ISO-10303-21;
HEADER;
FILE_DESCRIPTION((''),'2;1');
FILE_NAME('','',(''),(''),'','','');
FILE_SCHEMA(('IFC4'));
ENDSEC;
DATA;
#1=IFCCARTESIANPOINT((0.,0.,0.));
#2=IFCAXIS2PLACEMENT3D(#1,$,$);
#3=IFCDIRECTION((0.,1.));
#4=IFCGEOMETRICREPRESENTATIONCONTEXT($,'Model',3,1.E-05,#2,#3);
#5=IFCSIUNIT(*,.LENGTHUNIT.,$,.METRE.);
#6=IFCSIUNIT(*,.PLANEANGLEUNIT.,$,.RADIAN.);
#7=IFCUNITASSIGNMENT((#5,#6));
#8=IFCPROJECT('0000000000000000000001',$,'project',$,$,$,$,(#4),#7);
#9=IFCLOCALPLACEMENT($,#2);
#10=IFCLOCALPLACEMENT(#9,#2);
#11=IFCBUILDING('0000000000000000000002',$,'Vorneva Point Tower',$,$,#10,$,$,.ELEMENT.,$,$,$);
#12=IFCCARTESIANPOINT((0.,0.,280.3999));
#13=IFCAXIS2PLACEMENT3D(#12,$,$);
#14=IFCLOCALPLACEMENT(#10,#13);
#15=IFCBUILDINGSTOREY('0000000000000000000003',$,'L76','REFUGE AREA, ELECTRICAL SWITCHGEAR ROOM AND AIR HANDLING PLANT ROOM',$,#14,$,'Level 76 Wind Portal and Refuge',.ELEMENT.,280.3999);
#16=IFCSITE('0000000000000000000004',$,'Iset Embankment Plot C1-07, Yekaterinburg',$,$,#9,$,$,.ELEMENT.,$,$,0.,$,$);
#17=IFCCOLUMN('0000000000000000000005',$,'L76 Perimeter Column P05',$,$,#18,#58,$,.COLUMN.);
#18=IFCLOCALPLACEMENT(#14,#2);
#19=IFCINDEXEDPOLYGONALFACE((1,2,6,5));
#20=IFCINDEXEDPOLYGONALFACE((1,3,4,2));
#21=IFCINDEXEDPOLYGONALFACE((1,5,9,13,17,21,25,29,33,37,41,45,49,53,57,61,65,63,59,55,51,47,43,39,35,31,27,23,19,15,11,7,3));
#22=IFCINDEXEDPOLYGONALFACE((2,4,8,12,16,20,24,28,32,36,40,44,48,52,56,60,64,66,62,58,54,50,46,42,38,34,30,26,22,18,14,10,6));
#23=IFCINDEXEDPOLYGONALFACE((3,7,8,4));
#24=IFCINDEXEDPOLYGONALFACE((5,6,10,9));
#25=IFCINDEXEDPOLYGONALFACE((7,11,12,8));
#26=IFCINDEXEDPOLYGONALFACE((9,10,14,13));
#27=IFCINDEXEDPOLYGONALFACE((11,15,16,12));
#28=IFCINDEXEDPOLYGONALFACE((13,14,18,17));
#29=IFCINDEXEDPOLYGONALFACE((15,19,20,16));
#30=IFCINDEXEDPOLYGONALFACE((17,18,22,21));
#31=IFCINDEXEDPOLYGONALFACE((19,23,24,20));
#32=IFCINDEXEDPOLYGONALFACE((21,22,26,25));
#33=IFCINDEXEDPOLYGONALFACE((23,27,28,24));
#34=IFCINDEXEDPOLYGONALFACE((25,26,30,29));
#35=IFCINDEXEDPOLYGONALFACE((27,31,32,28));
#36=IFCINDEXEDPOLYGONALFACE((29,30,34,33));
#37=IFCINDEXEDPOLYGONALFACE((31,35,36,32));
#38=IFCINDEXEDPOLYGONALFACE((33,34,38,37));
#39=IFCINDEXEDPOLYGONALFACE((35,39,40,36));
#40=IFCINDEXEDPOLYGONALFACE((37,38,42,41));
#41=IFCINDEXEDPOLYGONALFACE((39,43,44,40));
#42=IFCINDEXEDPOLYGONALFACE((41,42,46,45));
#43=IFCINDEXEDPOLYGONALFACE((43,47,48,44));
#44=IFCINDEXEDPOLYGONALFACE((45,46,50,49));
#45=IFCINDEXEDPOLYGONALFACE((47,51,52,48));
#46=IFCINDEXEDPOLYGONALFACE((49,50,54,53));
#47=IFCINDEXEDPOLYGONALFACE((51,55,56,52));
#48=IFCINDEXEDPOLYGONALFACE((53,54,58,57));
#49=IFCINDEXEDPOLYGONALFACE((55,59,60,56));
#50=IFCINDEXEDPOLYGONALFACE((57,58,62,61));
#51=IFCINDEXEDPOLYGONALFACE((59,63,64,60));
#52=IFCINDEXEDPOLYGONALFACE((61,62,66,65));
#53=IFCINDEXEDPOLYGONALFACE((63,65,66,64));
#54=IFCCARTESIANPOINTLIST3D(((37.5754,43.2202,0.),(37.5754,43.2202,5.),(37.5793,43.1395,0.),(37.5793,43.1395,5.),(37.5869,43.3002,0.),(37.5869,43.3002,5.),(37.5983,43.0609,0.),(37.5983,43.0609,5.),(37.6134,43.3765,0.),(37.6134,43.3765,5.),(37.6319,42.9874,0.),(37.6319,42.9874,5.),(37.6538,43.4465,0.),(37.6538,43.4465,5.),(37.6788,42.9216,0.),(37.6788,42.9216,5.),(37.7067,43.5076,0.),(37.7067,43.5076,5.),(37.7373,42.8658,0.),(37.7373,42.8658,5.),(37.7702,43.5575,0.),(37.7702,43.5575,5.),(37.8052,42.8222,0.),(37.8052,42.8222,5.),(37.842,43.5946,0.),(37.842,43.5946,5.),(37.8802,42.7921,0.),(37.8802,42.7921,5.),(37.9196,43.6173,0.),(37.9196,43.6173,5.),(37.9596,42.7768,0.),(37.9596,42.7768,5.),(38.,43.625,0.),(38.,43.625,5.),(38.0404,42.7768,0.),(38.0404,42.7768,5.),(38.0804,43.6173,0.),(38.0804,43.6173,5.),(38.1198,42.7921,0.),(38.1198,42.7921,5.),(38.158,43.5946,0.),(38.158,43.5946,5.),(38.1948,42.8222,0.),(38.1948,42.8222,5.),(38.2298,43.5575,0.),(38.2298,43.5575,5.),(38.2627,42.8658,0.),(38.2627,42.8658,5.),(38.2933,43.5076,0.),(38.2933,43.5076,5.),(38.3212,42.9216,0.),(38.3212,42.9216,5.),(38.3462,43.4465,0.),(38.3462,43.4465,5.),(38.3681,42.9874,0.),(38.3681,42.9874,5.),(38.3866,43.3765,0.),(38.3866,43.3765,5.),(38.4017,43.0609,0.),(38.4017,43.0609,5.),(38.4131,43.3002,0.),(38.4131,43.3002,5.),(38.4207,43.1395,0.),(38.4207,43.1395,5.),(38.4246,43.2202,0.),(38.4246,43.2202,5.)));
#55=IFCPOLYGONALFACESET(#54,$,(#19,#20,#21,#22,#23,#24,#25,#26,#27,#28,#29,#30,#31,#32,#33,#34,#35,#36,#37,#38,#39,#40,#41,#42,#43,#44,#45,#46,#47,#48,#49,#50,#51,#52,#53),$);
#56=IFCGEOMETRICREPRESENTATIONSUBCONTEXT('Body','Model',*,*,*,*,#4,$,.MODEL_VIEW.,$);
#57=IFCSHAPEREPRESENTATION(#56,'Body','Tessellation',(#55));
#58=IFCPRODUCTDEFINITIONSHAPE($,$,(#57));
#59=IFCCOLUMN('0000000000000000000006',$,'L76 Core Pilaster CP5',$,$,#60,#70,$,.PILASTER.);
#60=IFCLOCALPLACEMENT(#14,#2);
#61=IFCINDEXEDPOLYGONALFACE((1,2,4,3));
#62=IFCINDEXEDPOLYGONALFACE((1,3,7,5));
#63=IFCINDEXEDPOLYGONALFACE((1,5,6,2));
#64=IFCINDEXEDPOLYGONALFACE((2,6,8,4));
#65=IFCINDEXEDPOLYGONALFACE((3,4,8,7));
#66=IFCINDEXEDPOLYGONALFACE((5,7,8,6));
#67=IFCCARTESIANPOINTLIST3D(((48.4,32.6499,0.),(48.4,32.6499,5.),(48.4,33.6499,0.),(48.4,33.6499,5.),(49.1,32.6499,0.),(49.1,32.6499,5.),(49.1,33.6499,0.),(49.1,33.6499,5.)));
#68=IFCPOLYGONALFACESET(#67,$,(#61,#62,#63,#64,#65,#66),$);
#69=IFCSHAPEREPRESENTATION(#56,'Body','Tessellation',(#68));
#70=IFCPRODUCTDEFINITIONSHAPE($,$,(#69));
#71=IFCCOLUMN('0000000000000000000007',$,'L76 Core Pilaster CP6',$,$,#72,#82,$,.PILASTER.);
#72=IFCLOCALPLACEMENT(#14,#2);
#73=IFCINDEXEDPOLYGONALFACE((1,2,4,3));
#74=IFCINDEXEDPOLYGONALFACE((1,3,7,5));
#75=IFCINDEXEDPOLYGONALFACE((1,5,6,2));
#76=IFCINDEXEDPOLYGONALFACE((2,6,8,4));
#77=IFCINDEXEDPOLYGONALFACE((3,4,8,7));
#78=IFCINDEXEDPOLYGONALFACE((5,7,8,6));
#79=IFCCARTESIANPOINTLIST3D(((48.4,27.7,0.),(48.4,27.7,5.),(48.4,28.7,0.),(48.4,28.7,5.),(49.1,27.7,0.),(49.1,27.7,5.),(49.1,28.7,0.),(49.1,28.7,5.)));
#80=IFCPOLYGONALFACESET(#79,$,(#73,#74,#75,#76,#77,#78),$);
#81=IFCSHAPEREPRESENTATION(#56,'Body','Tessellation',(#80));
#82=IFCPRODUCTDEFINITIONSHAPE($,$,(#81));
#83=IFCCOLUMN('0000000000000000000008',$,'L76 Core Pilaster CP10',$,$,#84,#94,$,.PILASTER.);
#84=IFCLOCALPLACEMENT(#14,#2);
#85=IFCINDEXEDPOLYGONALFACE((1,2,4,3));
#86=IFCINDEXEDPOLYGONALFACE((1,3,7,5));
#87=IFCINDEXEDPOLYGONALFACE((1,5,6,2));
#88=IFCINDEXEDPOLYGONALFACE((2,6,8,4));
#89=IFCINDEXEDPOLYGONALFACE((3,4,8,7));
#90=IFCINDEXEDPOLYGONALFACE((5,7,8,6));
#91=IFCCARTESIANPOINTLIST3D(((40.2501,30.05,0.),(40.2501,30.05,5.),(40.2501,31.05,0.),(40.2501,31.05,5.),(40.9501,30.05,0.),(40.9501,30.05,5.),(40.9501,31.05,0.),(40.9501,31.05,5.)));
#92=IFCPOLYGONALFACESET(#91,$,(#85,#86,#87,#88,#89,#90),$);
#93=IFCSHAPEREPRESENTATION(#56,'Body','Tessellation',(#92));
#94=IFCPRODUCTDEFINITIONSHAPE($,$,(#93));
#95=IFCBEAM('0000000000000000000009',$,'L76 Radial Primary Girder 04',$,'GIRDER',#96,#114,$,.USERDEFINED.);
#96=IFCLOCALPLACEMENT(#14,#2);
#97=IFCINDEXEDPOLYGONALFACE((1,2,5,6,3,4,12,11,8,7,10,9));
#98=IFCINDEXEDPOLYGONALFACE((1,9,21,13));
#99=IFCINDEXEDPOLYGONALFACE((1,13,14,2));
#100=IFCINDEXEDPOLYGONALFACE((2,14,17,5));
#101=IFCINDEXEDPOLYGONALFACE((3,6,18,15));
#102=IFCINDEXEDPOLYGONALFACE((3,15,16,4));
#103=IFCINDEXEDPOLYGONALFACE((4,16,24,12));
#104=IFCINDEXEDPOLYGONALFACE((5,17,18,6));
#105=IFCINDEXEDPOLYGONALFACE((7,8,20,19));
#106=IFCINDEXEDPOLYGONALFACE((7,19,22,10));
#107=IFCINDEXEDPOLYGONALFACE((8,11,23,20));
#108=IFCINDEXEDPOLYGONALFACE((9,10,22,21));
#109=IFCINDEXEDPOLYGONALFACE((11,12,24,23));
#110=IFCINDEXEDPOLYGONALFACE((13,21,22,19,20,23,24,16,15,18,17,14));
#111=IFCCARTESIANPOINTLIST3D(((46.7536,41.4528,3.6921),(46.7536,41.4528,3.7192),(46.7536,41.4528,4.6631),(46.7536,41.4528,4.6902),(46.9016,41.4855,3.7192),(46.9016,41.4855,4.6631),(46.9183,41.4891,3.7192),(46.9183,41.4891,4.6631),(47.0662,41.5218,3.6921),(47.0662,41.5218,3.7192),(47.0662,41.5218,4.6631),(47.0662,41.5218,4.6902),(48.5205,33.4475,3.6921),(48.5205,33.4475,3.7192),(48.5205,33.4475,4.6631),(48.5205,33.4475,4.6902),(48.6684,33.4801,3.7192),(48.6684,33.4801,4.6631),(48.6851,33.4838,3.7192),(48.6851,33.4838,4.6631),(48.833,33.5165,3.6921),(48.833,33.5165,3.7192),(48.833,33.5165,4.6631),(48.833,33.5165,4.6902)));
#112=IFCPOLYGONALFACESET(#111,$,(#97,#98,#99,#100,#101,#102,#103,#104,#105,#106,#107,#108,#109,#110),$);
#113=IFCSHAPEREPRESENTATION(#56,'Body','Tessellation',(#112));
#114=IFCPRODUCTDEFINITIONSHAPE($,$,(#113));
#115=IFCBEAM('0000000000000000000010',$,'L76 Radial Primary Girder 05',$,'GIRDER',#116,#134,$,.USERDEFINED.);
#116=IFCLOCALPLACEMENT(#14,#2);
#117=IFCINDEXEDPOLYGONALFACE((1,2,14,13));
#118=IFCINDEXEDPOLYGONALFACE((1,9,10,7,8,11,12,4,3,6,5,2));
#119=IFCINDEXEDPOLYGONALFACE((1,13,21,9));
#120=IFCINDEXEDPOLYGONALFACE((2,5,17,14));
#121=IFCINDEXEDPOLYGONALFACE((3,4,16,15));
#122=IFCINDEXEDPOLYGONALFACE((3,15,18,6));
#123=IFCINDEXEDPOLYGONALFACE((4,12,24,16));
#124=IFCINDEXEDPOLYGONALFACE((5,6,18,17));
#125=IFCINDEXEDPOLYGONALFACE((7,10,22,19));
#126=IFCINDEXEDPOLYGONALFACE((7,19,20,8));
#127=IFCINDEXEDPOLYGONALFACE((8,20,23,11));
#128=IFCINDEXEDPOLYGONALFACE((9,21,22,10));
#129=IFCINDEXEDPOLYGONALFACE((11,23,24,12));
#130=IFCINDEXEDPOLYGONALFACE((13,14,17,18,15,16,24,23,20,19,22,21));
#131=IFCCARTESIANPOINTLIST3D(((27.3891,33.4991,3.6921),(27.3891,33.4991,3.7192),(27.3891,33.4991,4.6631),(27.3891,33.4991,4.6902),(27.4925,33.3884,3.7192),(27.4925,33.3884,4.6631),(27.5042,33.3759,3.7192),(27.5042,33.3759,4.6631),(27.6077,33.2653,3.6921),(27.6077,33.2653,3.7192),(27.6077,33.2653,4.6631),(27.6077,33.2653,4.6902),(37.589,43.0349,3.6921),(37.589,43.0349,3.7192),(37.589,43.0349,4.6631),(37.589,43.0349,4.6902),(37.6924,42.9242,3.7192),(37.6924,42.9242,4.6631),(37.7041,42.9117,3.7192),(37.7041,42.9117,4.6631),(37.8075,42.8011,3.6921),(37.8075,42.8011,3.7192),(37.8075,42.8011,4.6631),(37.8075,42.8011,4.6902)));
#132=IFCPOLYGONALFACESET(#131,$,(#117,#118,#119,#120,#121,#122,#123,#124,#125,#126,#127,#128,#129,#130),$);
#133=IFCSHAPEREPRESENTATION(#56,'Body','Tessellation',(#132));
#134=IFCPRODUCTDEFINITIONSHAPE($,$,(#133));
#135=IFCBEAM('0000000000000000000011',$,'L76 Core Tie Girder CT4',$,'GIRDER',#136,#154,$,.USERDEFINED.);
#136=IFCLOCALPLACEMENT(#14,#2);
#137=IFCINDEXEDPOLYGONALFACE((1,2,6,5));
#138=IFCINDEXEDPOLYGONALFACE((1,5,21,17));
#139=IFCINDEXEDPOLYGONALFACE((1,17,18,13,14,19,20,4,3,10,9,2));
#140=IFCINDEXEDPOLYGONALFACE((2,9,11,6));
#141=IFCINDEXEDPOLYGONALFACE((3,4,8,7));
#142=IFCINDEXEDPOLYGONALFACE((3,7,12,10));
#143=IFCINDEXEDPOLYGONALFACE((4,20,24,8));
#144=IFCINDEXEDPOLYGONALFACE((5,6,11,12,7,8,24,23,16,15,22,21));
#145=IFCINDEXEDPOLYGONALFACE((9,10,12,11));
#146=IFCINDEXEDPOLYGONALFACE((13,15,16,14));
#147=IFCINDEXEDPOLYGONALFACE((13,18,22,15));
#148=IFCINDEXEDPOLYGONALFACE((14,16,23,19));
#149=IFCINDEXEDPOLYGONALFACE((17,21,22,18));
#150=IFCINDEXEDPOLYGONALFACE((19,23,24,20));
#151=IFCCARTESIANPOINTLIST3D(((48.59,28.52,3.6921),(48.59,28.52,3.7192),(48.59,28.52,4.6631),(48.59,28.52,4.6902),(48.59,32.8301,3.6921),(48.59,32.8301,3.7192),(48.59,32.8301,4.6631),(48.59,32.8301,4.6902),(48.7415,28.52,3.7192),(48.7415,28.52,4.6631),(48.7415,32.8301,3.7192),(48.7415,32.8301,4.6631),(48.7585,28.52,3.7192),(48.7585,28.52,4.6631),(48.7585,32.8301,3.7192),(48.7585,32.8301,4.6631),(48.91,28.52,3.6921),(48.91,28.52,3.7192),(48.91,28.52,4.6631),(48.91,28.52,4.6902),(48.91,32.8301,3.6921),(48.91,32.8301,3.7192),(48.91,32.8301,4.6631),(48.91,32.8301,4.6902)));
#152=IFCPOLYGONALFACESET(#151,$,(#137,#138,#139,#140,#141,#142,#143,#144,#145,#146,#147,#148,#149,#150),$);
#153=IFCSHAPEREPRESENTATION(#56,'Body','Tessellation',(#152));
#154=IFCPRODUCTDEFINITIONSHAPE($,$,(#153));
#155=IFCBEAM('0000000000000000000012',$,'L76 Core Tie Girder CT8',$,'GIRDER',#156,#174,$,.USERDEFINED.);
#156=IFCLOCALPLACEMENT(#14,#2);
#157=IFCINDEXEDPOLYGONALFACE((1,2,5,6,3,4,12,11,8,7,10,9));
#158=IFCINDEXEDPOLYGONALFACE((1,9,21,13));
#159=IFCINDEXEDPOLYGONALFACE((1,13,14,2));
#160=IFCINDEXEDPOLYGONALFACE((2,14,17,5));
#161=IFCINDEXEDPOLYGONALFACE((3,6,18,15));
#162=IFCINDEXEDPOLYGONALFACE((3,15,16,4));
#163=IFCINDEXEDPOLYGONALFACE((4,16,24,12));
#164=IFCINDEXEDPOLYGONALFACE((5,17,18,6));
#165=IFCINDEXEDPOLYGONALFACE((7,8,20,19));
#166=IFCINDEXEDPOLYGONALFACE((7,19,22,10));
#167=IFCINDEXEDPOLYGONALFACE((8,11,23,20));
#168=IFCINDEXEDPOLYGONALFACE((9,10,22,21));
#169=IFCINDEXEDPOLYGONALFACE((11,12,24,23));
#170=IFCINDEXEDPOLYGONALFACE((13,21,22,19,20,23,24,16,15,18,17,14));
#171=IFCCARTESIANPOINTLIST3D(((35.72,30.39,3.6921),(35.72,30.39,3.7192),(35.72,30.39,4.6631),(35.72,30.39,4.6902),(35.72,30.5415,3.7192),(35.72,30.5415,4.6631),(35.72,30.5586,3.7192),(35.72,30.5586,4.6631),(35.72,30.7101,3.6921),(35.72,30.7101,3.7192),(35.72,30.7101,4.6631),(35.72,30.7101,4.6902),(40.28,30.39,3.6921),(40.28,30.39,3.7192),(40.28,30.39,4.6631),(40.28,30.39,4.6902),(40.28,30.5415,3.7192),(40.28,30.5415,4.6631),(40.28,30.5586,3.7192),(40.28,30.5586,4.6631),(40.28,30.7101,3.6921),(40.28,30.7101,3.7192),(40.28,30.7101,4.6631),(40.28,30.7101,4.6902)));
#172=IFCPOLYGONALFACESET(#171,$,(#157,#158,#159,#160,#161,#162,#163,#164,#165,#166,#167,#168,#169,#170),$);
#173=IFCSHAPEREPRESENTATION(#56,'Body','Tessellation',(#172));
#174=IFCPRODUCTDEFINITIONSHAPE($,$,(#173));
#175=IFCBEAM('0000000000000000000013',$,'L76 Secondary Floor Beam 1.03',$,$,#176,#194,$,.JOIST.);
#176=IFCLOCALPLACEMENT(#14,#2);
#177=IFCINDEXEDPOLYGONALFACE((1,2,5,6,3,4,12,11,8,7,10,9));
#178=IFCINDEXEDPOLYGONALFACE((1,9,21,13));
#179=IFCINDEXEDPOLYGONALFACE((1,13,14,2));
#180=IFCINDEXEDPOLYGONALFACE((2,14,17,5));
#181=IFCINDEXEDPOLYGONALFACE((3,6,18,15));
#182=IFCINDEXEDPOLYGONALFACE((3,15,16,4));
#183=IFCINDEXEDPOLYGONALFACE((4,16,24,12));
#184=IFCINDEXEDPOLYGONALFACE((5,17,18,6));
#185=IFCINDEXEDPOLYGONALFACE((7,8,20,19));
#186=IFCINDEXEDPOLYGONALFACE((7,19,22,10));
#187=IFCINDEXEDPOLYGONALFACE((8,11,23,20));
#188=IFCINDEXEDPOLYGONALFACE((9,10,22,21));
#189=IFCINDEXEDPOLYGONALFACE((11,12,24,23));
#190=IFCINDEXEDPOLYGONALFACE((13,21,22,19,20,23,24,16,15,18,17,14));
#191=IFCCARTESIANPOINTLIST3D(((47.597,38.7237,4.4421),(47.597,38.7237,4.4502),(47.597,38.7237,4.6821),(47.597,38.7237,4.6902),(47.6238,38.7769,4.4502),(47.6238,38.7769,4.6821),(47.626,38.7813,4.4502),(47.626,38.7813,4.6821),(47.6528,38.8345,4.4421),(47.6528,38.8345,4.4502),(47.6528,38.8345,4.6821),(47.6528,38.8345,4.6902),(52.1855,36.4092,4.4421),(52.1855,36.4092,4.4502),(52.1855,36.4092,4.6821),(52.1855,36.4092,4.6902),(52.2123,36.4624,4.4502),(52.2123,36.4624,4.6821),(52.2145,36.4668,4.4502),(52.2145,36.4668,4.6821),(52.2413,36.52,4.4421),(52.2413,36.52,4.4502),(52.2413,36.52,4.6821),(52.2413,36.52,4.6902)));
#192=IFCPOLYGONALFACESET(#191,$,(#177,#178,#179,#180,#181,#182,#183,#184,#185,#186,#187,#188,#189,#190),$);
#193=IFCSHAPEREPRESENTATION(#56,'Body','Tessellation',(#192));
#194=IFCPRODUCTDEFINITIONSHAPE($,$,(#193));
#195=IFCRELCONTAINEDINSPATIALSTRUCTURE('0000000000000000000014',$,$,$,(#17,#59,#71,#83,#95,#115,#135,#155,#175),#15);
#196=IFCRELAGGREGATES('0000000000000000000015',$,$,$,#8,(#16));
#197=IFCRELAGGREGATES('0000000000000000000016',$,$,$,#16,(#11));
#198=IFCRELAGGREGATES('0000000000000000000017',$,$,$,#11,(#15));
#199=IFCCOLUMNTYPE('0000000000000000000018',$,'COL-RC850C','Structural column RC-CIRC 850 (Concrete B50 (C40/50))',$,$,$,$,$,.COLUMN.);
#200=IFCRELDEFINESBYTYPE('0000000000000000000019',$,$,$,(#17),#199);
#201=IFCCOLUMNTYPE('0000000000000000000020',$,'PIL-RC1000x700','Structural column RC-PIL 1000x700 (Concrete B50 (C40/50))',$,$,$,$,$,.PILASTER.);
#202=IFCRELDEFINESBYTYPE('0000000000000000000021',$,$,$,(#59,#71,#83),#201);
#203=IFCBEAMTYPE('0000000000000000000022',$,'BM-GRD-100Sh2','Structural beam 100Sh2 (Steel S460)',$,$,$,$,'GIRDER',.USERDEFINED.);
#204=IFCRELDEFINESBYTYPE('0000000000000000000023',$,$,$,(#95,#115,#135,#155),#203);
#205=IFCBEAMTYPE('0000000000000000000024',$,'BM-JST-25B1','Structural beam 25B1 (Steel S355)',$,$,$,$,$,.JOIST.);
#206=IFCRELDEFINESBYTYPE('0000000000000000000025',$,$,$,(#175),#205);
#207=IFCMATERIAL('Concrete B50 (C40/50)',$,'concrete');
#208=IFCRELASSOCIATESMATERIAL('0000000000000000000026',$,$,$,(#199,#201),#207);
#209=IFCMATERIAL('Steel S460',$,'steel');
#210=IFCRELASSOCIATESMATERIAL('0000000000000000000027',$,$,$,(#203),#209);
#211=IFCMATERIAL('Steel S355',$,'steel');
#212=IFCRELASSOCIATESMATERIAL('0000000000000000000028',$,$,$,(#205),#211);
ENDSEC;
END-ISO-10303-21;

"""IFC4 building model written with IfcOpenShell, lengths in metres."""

from ifc_helpers import new_model, si_unit, direction, frame, origin, origin_2d, place, context, subcontext, project, spatial, rectangle, circle, i_section, extrude, material, material_profile, profile_set, type_object, element, save


model = new_model("IFC4")

# Units and contexts
model_context = context("Model", 3, precision=1e-05, world=origin(), true_north=direction((0.0, 1.0)))
body_context = subcontext(model_context, "Body", "Model", "MODEL_VIEW")
ifc_project = project(units=[si_unit("LENGTHUNIT", "METRE"), si_unit("PLANEANGLEUNIT", "RADIAN")], contexts=[model_context])

# Site, building, storey
site_placement = place(None, origin())
site = spatial("IfcSite", under=ifc_project, at=site_placement, Name="Iset Embankment Plot C1-07, Yekaterinburg", CompositionType="ELEMENT", RefElevation=0.0)
building_placement = place(site_placement, origin())
building = spatial("IfcBuilding", under=site, at=building_placement, Name="Vorneva Point Tower", CompositionType="ELEMENT")
storey_placement = place(building_placement, frame((0.0, 0.0, 280.3999)))
storey = spatial("IfcBuildingStorey", under=building, at=storey_placement, Name="L76", Description="REFUGE AREA, ELECTRICAL SWITCHGEAR ROOM AND AIR HANDLING PLANT ROOM", LongName="Level 76 Wind Portal and Refuge", CompositionType="ELEMENT", Elevation=280.3999)

# Columns
ifc_material_1 = material(Name="Concrete B50 (C40/50)", Category="concrete")
ifc_material_profile_1 = material_profile(ifc_material_1, circle(Radius=0.425, at=origin_2d()), Name="RC-CIRC 850")
ifc_profile_set_1 = profile_set([ifc_material_profile_1], Name="Concrete B50 (C40/50)")
column_type_1 = type_object("IfcColumnType", Name="COL-RC850C", Description="Structural column RC-CIRC 850 (Concrete B50 (C40/50))", PredefinedType="COLUMN", material=ifc_profile_set_1)
for number, where, z_axis, x_axis, name in (
    (1, (38.0, 43.2, 0.0), (0.0, 0.0, 1.0), (0.0, 1.0, 0.0), "L76 Perimeter Column P05"),
):
    element("IfcColumn", number, at=place(storey_placement, frame(where, z_axis=z_axis, x_axis=x_axis)), inside=storey, type_object=column_type_1, Name=name, PredefinedType="COLUMN", context=body_context, shape_type="SweptSolid", body=[
        extrude(circle(Radius=0.425, at=origin_2d()), origin(), (0.0, 0.0, 1.0), 5.0),
    ])
ifc_material_profile_2 = material_profile(ifc_material_1, rectangle(XDim=0.7, YDim=1.0, at=origin_2d()), Name="RC-PIL 1000x700")
ifc_profile_set_2 = profile_set([ifc_material_profile_2], Name="Concrete B50 (C40/50)")
column_type_2 = type_object("IfcColumnType", Name="PIL-RC1000x700", Description="Structural column RC-PIL 1000x700 (Concrete B50 (C40/50))", PredefinedType="PILASTER", material=ifc_profile_set_2)
for number, where, z_axis, x_axis, name in (
    (2, (48.75, 33.1499, 0.0), (0.0, 0.0, 1.0), (1.0, 0.0, 0.0), "L76 Core Pilaster CP5"),
    (3, (48.75, 28.2, 0.0), (0.0, 0.0, 1.0), (1.0, 0.0, 0.0), "L76 Core Pilaster CP6"),
    (4, (40.6001, 30.55, 0.0), (0.0, 0.0, 1.0), (1.0, 0.0, 0.0), "L76 Core Pilaster CP10"),
):
    element("IfcColumn", number, at=place(storey_placement, frame(where, z_axis=z_axis, x_axis=x_axis)), inside=storey, type_object=column_type_2, Name=name, PredefinedType="PILASTER", context=body_context, shape_type="SweptSolid", body=[
        extrude(rectangle(XDim=0.7, YDim=1.0, at=origin_2d()), origin(), (0.0, 0.0, 1.0), 5.0),
    ])

# Beams
ifc_material_2 = material(Name="Steel S460", Category="steel")
ifc_material_profile_3 = material_profile(ifc_material_2, i_section(OverallWidth=0.3201, OverallDepth=0.998, WebThickness=0.0171, FlangeThickness=0.0271, at=origin_2d()), Name="100Sh2")
ifc_profile_set_3 = profile_set([ifc_material_profile_3], Name="Steel S460")
beam_type_1 = type_object("IfcBeamType", Name="BM-GRD-100Sh2", Description="Structural beam 100Sh2 (Steel S460)", ElementType="GIRDER", PredefinedType="USERDEFINED", material=ifc_profile_set_3)
beam_1_placement = place(storey_placement, frame((46.9099, 41.4873, 4.1912), z_axis=(0.215521, -0.976499, 0.0), x_axis=(0.976499, 0.215521, 0.0)))
element("IfcBeam", 5, at=beam_1_placement, inside=storey, type_object=beam_type_1, Name="L76 Radial Primary Girder 04", ObjectType="GIRDER", PredefinedType="USERDEFINED", context=body_context, shape_type="SweptSolid", body=[
    extrude(i_section(OverallWidth=0.3201, OverallDepth=0.998, WebThickness=0.0171, FlangeThickness=0.0271, at=origin_2d()), origin(), (0.0, 0.0, 1.0), 8.198),
])
beam_2_placement = place(storey_placement, frame((37.6982, 42.918, 4.1912), z_axis=(-0.730486, -0.682928, 0.0), x_axis=(0.682928, -0.730486, 0.0)))
element("IfcBeam", 6, at=beam_2_placement, inside=storey, type_object=beam_type_1, Name="L76 Radial Primary Girder 05", ObjectType="GIRDER", PredefinedType="USERDEFINED", context=body_context, shape_type="SweptSolid", body=[
    extrude(i_section(OverallWidth=0.3201, OverallDepth=0.998, WebThickness=0.0171, FlangeThickness=0.0271, at=origin_2d()), origin(), (0.0, 0.0, 1.0), 13.9631),
])
beam_3_placement = place(storey_placement, frame((48.75, 28.52, 4.1912), z_axis=(0.0, 1.0, 0.0), x_axis=(-1.0, 0.0, 0.0)))
element("IfcBeam", 7, at=beam_3_placement, inside=storey, type_object=beam_type_1, Name="L76 Core Tie Girder CT4", ObjectType="GIRDER", PredefinedType="USERDEFINED", context=body_context, shape_type="SweptSolid", body=[
    extrude(i_section(OverallWidth=0.3201, OverallDepth=0.998, WebThickness=0.0171, FlangeThickness=0.0271, at=origin_2d()), origin(), (0.0, 0.0, 1.0), 4.3101),
])
beam_4_placement = place(storey_placement, frame((35.72, 30.55, 4.1912), z_axis=(1.0, 0.0, 0.0), x_axis=(0.0, 1.0, 0.0)))
element("IfcBeam", 8, at=beam_4_placement, inside=storey, type_object=beam_type_1, Name="L76 Core Tie Girder CT8", ObjectType="GIRDER", PredefinedType="USERDEFINED", context=body_context, shape_type="SweptSolid", body=[
    extrude(i_section(OverallWidth=0.3201, OverallDepth=0.998, WebThickness=0.0171, FlangeThickness=0.0271, at=origin_2d()), origin(), (0.0, 0.0, 1.0), 4.5601),
])
ifc_material_3 = material(Name="Steel S355", Category="steel")
ifc_material_profile_4 = material_profile(ifc_material_3, i_section(OverallWidth=0.124, OverallDepth=0.248, WebThickness=0.0049, FlangeThickness=0.0081, at=origin_2d()), Name="25B1")
ifc_profile_set_4 = profile_set([ifc_material_profile_4], Name="Steel S355")
beam_type_2 = type_object("IfcBeamType", Name="BM-JST-25B1", Description="Structural beam 25B1 (Steel S355)", PredefinedType="JOIST", material=ifc_profile_set_4)
beam_5_placement = place(storey_placement, frame((52.2134, 36.4646, 4.5662), z_axis=(-0.892844, 0.450365, 0.0), x_axis=(-0.450365, -0.892844, 0.0)))
element("IfcBeam", 9, at=beam_5_placement, inside=storey, type_object=beam_type_2, Name="L76 Secondary Floor Beam 1.03", PredefinedType="JOIST", context=body_context, shape_type="SweptSolid", body=[
    extrude(i_section(OverallWidth=0.124, OverallDepth=0.248, WebThickness=0.0049, FlangeThickness=0.0081, at=origin_2d()), origin(), (0.0, 0.0, 1.0), 5.1392),
])

save(model, "model.ifc")
